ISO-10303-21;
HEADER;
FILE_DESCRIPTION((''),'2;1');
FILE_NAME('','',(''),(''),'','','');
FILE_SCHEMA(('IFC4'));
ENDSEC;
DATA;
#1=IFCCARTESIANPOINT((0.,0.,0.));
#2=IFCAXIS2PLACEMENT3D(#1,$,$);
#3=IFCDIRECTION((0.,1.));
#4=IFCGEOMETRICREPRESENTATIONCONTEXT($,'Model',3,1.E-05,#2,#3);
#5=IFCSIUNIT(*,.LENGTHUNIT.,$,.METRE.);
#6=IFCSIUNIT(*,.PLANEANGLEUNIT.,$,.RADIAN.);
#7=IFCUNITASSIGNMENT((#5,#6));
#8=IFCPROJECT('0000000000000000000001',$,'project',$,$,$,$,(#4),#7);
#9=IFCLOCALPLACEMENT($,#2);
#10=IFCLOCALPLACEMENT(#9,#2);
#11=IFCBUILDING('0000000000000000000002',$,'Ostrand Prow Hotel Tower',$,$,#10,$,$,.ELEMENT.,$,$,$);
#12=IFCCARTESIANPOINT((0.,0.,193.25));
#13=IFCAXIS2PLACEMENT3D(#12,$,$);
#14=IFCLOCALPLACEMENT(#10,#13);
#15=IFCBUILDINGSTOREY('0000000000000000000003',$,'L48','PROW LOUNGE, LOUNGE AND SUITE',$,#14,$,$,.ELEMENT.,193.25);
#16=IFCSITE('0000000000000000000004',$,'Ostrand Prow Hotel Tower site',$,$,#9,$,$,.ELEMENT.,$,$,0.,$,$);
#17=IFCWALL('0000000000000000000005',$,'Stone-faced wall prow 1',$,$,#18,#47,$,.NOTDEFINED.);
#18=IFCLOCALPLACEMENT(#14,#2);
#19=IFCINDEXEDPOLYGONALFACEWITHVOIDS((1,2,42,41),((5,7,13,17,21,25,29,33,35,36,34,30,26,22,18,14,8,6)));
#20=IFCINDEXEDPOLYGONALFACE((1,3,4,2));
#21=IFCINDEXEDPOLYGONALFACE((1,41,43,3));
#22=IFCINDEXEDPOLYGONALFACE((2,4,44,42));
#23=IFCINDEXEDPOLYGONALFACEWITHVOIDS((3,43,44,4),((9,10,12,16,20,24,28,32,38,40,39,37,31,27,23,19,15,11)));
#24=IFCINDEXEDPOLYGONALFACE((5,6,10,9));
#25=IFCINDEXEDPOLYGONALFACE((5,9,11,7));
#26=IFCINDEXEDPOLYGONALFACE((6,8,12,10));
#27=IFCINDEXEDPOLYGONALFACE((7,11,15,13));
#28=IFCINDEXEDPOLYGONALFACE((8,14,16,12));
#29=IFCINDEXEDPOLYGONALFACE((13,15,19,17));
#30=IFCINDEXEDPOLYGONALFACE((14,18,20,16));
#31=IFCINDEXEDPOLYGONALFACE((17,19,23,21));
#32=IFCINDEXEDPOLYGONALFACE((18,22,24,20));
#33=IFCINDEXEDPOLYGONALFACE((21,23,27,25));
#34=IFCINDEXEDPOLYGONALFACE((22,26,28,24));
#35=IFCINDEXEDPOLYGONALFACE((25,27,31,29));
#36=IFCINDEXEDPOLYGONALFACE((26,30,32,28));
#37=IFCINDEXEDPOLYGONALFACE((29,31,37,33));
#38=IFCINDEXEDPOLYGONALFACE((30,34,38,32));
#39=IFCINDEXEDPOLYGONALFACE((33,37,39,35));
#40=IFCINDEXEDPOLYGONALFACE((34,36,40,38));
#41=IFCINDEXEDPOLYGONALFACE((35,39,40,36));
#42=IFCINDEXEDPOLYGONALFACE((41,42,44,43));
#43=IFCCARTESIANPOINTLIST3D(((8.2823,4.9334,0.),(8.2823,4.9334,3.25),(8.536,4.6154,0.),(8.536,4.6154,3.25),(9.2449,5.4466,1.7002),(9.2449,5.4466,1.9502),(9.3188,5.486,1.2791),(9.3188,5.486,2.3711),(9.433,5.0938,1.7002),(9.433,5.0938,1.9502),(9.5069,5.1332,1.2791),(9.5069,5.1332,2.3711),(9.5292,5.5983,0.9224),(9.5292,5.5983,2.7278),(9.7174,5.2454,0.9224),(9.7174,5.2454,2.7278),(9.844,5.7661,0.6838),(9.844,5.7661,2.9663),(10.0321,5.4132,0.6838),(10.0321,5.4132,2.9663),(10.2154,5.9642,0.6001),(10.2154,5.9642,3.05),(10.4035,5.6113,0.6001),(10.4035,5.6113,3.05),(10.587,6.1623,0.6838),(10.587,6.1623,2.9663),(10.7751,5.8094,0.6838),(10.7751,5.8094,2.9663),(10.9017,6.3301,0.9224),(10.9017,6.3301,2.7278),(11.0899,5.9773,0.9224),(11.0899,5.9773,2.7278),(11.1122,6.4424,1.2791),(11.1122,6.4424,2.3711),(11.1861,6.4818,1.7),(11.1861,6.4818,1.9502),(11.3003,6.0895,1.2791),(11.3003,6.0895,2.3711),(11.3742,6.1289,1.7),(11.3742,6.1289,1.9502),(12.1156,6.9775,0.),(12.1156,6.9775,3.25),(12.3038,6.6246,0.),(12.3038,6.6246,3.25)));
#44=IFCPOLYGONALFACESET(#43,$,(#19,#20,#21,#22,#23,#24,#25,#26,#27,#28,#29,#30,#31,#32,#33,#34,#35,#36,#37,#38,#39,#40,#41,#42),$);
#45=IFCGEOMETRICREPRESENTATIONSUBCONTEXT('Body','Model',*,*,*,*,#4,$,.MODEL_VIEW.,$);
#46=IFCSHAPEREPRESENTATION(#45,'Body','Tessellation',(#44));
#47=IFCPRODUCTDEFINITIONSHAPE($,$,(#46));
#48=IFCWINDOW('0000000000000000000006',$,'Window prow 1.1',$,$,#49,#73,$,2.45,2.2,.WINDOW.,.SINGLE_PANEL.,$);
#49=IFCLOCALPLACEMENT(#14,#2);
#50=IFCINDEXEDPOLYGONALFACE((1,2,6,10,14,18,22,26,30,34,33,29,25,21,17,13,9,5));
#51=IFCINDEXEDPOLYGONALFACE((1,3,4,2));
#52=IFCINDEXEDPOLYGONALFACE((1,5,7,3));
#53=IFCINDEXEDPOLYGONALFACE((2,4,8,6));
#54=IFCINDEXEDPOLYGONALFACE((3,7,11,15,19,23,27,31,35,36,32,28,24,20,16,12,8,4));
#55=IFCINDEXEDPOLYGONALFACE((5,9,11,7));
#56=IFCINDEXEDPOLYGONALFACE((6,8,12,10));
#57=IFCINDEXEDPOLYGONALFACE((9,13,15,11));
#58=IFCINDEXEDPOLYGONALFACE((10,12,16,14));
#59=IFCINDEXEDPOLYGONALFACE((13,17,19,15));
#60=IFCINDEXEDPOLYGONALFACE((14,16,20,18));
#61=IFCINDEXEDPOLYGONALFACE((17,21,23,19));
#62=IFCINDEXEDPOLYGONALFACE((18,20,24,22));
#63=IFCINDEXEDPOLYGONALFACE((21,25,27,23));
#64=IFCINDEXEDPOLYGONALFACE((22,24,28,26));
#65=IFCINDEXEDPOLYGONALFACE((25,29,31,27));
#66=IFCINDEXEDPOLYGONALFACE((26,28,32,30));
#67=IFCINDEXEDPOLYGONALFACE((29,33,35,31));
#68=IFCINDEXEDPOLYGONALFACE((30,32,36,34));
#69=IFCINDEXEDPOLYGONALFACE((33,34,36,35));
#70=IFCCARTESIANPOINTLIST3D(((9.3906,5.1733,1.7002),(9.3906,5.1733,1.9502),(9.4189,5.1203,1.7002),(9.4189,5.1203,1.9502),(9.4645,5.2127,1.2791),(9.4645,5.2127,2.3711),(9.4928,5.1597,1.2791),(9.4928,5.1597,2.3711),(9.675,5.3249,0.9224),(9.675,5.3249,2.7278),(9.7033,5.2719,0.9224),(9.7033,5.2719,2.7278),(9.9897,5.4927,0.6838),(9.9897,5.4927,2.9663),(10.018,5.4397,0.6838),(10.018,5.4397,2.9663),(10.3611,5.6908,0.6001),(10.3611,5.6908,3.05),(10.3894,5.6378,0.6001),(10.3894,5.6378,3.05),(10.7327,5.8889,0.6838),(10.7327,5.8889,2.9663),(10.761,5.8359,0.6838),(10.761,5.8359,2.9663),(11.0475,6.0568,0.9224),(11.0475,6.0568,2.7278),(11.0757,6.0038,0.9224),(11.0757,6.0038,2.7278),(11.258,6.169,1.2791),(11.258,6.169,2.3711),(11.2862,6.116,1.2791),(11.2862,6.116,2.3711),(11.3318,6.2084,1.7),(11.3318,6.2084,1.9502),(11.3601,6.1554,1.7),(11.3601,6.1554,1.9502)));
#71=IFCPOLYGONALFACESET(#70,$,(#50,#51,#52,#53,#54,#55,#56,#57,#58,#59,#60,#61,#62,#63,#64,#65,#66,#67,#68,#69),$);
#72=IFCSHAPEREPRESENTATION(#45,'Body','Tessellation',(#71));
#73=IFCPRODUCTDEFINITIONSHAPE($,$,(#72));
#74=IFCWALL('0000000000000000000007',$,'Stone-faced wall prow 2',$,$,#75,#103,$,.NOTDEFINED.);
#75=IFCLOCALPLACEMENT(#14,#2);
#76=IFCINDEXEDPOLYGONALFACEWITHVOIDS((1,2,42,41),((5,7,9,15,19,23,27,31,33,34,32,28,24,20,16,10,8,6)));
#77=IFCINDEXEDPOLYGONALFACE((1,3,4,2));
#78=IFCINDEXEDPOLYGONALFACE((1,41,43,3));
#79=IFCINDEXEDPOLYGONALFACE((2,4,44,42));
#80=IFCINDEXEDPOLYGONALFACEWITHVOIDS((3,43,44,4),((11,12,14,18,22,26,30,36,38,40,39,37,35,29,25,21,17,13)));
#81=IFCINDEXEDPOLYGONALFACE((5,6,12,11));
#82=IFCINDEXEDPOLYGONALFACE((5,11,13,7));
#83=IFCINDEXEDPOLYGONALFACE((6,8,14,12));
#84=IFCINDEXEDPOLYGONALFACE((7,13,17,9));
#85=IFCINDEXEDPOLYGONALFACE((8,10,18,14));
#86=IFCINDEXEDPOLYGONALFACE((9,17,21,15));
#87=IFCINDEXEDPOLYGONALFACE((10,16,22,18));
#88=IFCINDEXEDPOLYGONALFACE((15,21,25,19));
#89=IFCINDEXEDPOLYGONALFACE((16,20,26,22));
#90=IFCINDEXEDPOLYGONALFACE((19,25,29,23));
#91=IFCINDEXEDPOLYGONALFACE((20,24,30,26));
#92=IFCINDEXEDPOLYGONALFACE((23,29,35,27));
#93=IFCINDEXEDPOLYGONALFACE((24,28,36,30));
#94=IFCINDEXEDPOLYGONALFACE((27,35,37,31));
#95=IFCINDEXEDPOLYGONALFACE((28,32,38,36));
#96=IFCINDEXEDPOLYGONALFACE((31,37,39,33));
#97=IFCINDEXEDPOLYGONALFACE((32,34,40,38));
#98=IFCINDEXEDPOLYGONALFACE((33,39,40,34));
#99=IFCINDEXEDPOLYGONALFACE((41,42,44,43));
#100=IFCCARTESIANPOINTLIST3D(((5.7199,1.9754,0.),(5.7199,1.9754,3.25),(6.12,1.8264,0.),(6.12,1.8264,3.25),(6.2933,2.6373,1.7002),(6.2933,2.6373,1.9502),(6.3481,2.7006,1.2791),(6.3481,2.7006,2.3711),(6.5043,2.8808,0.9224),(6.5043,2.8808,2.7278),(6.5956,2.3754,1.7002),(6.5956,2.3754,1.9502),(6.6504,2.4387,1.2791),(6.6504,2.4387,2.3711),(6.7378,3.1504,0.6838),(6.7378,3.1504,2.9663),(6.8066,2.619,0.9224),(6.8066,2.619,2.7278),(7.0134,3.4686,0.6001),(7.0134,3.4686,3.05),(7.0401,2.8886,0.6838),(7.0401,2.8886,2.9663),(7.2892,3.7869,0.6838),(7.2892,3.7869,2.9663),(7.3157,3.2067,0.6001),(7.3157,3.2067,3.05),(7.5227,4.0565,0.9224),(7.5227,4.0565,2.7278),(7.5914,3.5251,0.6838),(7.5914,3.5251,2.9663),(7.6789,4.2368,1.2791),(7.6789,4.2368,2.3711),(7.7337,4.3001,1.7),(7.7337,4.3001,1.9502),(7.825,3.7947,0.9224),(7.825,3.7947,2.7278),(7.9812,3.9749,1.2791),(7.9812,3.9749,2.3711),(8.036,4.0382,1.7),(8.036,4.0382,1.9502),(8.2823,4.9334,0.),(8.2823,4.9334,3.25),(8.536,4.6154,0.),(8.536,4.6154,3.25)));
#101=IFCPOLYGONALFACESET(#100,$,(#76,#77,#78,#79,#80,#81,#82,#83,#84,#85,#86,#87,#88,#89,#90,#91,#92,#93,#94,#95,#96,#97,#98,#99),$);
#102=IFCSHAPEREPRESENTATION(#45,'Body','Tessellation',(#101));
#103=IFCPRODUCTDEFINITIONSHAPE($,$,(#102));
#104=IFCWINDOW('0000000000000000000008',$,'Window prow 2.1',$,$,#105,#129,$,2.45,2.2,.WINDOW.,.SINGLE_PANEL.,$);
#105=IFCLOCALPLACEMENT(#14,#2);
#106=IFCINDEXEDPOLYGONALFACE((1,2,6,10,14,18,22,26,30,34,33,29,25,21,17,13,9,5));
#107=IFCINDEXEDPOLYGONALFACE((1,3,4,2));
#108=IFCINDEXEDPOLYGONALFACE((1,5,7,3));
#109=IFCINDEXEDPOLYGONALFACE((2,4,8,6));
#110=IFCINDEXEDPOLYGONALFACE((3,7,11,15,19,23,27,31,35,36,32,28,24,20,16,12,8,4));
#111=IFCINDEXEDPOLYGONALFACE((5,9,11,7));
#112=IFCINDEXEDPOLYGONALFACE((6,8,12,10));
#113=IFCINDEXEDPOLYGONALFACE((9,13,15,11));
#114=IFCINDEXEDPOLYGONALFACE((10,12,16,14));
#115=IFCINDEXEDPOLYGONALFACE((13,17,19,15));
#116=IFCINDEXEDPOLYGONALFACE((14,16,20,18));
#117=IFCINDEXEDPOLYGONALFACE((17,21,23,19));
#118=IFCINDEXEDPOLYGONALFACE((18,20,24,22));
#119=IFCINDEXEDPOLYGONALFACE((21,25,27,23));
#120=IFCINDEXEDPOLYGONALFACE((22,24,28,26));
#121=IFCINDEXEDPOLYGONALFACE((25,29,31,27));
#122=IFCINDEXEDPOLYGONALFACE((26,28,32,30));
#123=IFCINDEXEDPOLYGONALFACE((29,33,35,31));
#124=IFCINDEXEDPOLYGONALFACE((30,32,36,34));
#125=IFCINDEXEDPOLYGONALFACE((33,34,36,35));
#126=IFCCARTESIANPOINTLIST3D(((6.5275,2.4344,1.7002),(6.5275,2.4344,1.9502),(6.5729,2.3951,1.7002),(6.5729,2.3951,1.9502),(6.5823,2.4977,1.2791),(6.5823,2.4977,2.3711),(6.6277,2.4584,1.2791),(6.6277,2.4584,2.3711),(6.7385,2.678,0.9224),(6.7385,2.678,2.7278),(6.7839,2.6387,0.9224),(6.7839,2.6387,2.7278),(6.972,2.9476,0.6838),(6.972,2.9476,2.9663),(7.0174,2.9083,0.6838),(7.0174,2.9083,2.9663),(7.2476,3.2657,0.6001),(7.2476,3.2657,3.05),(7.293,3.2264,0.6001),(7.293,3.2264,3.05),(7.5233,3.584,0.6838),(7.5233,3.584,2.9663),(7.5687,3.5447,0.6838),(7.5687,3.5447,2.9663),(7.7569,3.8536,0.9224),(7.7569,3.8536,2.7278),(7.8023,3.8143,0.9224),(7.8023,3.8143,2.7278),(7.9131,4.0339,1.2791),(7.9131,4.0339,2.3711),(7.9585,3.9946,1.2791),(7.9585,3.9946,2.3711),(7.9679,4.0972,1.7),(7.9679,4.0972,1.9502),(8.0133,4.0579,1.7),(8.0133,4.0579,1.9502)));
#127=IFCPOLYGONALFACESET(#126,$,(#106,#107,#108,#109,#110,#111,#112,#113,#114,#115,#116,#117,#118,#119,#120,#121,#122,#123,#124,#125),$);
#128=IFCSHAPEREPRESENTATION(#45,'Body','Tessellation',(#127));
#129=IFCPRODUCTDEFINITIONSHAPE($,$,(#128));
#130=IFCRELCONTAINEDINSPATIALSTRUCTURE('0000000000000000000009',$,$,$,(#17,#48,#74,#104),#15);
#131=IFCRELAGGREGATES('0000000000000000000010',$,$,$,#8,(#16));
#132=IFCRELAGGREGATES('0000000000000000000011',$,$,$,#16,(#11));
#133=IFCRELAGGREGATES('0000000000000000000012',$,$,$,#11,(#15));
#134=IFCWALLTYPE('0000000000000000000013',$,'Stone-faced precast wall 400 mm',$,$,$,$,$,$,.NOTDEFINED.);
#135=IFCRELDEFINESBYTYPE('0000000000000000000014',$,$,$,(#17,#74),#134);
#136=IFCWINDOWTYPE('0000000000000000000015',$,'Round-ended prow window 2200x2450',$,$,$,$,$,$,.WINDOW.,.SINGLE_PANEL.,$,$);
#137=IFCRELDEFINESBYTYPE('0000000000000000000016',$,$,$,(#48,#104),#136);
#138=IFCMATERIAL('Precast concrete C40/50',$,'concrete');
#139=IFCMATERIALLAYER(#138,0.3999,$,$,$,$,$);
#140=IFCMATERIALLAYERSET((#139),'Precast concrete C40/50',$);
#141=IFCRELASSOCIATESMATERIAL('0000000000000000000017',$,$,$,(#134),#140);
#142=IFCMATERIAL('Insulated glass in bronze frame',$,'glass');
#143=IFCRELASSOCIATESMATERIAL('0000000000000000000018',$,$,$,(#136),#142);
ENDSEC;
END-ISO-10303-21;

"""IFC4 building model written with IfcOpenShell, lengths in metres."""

from ifc_helpers import new_model, si_unit, direction, frame, origin, place, context, subcontext, project, spatial, polyline, outline, extrude, material, layer, layer_set, type_object, element, fill, save


model = new_model("IFC4")

# Units and contexts
model_context = context("Model", 3, precision=1e-05, world=origin(), true_north=direction((0.0, 1.0)))
body_context = subcontext(model_context, "Body", "Model", "MODEL_VIEW")
ifc_project = project(units=[si_unit("LENGTHUNIT", "METRE"), si_unit("PLANEANGLEUNIT", "RADIAN")], contexts=[model_context])

# Site, building, storey
site_placement = place(None, origin())
site = spatial("IfcSite", under=ifc_project, at=site_placement, Name="Ostrand Prow Hotel Tower site", CompositionType="ELEMENT", RefElevation=0.0)
building_placement = place(site_placement, origin())
building = spatial("IfcBuilding", under=site, at=building_placement, Name="Ostrand Prow Hotel Tower", CompositionType="ELEMENT")
storey_placement = place(building_placement, frame((0.0, 0.0, 193.25)))
storey = spatial("IfcBuildingStorey", under=building, at=storey_placement, Name="L48", Description="PROW LOUNGE, LOUNGE AND SUITE", CompositionType="ELEMENT", Elevation=193.25)

# Walls, openings, windows
ifc_material_1 = material(Name="Precast concrete C40/50", Category="concrete")
ifc_layer_1 = layer(ifc_material_1, 0.3999)
ifc_layer_set_1 = layer_set([ifc_layer_1], Name="Precast concrete C40/50")
wall_type = type_object("IfcWallType", Name="Stone-faced precast wall 400 mm", PredefinedType="NOTDEFINED", material=ifc_layer_set_1)
wall_1_placement = place(storey_placement, frame((12.2097, 6.801, 0.0), z_axis=(0.0, 0.0, 1.0), x_axis=(-0.882386, -0.470526, 0.0)))
wall_1 = element("IfcWall", 1, at=wall_1_placement, inside=storey, type_object=wall_type, Name="Stone-faced wall prow 1", PredefinedType="NOTDEFINED", context=body_context, shape_type="SweptSolid", body=[
    extrude(outline(polyline([(0.0, -0.2), (4.3442, -0.2), (4.27, 0.2), (0.0, 0.2), (0.0, -0.2)])), origin(), (0.0, 0.0, 1.0), 3.25),
])
opening_1_placement = place(wall_1_placement, frame((1.0535, 0.0, 0.6001)))
opening_1 = element("IfcOpeningElement", 2, at=opening_1_placement, cuts=wall_1, PredefinedType="OPENING", context=body_context, shape_type="SweptSolid", body=[
    extrude(outline(polyline([(0.0, 1.3501), (0.0837, 1.771), (0.3223, 2.1277), (0.679, 2.3662), (1.1001, 2.45), (1.521, 2.3662), (1.8777, 2.1277), (2.1162, 1.771), (2.2, 1.3501), (2.2, 1.1001), (2.1162, 0.679), (1.8777, 0.3223), (1.521, 0.0837), (1.1001, 0.0), (0.679, 0.0837), (0.3223, 0.3223), (0.0837, 0.679), (0.0, 1.0999), (0.0, 1.3501)])), frame((0.0, 0.21, 0.0), z_axis=(0.0, -1.0, 0.0), x_axis=(1.0, 0.0, 0.0)), (0.0, 0.0, 1.0), 0.4199),
])
ifc_material_2 = material(Name="Insulated glass in bronze frame", Category="glass")
window_type = type_object("IfcWindowType", Name="Round-ended prow window 2200x2450", PartitioningType="SINGLE_PANEL", PredefinedType="WINDOW", material=ifc_material_2)
window_1_placement = place(opening_1_placement, origin())
window_1 = element("IfcWindow", 3, at=window_1_placement, inside=storey, type_object=window_type, Name="Window prow 1.1", OverallHeight=2.45, OverallWidth=2.2, PartitioningType="SINGLE_PANEL", PredefinedType="WINDOW", context=body_context, shape_type="SweptSolid", body=[
    extrude(outline(polyline([(0.0, 1.3501), (0.0837, 1.771), (0.3223, 2.1277), (0.679, 2.3662), (1.1001, 2.45), (1.521, 2.3662), (1.8777, 2.1277), (2.1162, 1.771), (2.2, 1.3501), (2.2, 1.1001), (2.1162, 0.679), (1.8777, 0.3223), (1.521, 0.0837), (1.1001, 0.0), (0.679, 0.0837), (0.3223, 0.3223), (0.0837, 0.679), (0.0, 1.0999), (0.0, 1.3501)])), frame((0.0, 0.1699, 0.0), z_axis=(0.0, -1.0, 0.0), x_axis=(1.0, 0.0, 0.0)), (0.0, 0.0, 1.0), 0.0601),
])
fill(opening_1, window_1)
wall_2_placement = place(storey_placement, frame((8.4092, 4.7744, 0.0), z_axis=(0.0, 0.0, 1.0), x_axis=(-0.654759, -0.755837, 0.0)))
wall_2 = element("IfcWall", 4, at=wall_2_placement, inside=storey, type_object=wall_type, Name="Stone-faced wall prow 2", PredefinedType="NOTDEFINED", context=body_context, shape_type="SweptSolid", body=[
    extrude(outline(polyline([(-0.0371, -0.2), (3.8765, -0.2), (3.7271, 0.2), (0.0371, 0.2), (-0.0371, -0.2)])), origin(), (0.0, 0.0, 1.0), 3.25),
])
opening_2_placement = place(wall_2_placement, frame((0.8008, 0.0, 0.6001)))
opening_2 = element("IfcOpeningElement", 5, at=opening_2_placement, cuts=wall_2, PredefinedType="OPENING", context=body_context, shape_type="SweptSolid", body=[
    extrude(outline(polyline([(0.0, 1.3501), (0.0837, 1.771), (0.3223, 2.1277), (0.679, 2.3662), (1.1001, 2.45), (1.521, 2.3662), (1.8777, 2.1277), (2.1162, 1.771), (2.2, 1.3501), (2.2, 1.1001), (2.1162, 0.679), (1.8777, 0.3223), (1.521, 0.0837), (1.1001, 0.0), (0.679, 0.0837), (0.3223, 0.3223), (0.0837, 0.679), (0.0, 1.0999), (0.0, 1.3501)])), frame((0.0, 0.21, 0.0), z_axis=(0.0, -1.0, 0.0), x_axis=(1.0, 0.0, 0.0)), (0.0, 0.0, 1.0), 0.4199),
])
window_2_placement = place(opening_2_placement, origin())
window_2 = element("IfcWindow", 6, at=window_2_placement, inside=storey, type_object=window_type, Name="Window prow 2.1", OverallHeight=2.45, OverallWidth=2.2, PartitioningType="SINGLE_PANEL", PredefinedType="WINDOW", context=body_context, shape_type="SweptSolid", body=[
    extrude(outline(polyline([(0.0, 1.3501), (0.0837, 1.771), (0.3223, 2.1277), (0.679, 2.3662), (1.1001, 2.45), (1.521, 2.3662), (1.8777, 2.1277), (2.1162, 1.771), (2.2, 1.3501), (2.2, 1.1001), (2.1162, 0.679), (1.8777, 0.3223), (1.521, 0.0837), (1.1001, 0.0), (0.679, 0.0837), (0.3223, 0.3223), (0.0837, 0.679), (0.0, 1.0999), (0.0, 1.3501)])), frame((0.0, 0.1699, 0.0), z_axis=(0.0, -1.0, 0.0), x_axis=(1.0, 0.0, 0.0)), (0.0, 0.0, 1.0), 0.0601),
])
fill(opening_2, window_2)

save(model, "model.ifc")
